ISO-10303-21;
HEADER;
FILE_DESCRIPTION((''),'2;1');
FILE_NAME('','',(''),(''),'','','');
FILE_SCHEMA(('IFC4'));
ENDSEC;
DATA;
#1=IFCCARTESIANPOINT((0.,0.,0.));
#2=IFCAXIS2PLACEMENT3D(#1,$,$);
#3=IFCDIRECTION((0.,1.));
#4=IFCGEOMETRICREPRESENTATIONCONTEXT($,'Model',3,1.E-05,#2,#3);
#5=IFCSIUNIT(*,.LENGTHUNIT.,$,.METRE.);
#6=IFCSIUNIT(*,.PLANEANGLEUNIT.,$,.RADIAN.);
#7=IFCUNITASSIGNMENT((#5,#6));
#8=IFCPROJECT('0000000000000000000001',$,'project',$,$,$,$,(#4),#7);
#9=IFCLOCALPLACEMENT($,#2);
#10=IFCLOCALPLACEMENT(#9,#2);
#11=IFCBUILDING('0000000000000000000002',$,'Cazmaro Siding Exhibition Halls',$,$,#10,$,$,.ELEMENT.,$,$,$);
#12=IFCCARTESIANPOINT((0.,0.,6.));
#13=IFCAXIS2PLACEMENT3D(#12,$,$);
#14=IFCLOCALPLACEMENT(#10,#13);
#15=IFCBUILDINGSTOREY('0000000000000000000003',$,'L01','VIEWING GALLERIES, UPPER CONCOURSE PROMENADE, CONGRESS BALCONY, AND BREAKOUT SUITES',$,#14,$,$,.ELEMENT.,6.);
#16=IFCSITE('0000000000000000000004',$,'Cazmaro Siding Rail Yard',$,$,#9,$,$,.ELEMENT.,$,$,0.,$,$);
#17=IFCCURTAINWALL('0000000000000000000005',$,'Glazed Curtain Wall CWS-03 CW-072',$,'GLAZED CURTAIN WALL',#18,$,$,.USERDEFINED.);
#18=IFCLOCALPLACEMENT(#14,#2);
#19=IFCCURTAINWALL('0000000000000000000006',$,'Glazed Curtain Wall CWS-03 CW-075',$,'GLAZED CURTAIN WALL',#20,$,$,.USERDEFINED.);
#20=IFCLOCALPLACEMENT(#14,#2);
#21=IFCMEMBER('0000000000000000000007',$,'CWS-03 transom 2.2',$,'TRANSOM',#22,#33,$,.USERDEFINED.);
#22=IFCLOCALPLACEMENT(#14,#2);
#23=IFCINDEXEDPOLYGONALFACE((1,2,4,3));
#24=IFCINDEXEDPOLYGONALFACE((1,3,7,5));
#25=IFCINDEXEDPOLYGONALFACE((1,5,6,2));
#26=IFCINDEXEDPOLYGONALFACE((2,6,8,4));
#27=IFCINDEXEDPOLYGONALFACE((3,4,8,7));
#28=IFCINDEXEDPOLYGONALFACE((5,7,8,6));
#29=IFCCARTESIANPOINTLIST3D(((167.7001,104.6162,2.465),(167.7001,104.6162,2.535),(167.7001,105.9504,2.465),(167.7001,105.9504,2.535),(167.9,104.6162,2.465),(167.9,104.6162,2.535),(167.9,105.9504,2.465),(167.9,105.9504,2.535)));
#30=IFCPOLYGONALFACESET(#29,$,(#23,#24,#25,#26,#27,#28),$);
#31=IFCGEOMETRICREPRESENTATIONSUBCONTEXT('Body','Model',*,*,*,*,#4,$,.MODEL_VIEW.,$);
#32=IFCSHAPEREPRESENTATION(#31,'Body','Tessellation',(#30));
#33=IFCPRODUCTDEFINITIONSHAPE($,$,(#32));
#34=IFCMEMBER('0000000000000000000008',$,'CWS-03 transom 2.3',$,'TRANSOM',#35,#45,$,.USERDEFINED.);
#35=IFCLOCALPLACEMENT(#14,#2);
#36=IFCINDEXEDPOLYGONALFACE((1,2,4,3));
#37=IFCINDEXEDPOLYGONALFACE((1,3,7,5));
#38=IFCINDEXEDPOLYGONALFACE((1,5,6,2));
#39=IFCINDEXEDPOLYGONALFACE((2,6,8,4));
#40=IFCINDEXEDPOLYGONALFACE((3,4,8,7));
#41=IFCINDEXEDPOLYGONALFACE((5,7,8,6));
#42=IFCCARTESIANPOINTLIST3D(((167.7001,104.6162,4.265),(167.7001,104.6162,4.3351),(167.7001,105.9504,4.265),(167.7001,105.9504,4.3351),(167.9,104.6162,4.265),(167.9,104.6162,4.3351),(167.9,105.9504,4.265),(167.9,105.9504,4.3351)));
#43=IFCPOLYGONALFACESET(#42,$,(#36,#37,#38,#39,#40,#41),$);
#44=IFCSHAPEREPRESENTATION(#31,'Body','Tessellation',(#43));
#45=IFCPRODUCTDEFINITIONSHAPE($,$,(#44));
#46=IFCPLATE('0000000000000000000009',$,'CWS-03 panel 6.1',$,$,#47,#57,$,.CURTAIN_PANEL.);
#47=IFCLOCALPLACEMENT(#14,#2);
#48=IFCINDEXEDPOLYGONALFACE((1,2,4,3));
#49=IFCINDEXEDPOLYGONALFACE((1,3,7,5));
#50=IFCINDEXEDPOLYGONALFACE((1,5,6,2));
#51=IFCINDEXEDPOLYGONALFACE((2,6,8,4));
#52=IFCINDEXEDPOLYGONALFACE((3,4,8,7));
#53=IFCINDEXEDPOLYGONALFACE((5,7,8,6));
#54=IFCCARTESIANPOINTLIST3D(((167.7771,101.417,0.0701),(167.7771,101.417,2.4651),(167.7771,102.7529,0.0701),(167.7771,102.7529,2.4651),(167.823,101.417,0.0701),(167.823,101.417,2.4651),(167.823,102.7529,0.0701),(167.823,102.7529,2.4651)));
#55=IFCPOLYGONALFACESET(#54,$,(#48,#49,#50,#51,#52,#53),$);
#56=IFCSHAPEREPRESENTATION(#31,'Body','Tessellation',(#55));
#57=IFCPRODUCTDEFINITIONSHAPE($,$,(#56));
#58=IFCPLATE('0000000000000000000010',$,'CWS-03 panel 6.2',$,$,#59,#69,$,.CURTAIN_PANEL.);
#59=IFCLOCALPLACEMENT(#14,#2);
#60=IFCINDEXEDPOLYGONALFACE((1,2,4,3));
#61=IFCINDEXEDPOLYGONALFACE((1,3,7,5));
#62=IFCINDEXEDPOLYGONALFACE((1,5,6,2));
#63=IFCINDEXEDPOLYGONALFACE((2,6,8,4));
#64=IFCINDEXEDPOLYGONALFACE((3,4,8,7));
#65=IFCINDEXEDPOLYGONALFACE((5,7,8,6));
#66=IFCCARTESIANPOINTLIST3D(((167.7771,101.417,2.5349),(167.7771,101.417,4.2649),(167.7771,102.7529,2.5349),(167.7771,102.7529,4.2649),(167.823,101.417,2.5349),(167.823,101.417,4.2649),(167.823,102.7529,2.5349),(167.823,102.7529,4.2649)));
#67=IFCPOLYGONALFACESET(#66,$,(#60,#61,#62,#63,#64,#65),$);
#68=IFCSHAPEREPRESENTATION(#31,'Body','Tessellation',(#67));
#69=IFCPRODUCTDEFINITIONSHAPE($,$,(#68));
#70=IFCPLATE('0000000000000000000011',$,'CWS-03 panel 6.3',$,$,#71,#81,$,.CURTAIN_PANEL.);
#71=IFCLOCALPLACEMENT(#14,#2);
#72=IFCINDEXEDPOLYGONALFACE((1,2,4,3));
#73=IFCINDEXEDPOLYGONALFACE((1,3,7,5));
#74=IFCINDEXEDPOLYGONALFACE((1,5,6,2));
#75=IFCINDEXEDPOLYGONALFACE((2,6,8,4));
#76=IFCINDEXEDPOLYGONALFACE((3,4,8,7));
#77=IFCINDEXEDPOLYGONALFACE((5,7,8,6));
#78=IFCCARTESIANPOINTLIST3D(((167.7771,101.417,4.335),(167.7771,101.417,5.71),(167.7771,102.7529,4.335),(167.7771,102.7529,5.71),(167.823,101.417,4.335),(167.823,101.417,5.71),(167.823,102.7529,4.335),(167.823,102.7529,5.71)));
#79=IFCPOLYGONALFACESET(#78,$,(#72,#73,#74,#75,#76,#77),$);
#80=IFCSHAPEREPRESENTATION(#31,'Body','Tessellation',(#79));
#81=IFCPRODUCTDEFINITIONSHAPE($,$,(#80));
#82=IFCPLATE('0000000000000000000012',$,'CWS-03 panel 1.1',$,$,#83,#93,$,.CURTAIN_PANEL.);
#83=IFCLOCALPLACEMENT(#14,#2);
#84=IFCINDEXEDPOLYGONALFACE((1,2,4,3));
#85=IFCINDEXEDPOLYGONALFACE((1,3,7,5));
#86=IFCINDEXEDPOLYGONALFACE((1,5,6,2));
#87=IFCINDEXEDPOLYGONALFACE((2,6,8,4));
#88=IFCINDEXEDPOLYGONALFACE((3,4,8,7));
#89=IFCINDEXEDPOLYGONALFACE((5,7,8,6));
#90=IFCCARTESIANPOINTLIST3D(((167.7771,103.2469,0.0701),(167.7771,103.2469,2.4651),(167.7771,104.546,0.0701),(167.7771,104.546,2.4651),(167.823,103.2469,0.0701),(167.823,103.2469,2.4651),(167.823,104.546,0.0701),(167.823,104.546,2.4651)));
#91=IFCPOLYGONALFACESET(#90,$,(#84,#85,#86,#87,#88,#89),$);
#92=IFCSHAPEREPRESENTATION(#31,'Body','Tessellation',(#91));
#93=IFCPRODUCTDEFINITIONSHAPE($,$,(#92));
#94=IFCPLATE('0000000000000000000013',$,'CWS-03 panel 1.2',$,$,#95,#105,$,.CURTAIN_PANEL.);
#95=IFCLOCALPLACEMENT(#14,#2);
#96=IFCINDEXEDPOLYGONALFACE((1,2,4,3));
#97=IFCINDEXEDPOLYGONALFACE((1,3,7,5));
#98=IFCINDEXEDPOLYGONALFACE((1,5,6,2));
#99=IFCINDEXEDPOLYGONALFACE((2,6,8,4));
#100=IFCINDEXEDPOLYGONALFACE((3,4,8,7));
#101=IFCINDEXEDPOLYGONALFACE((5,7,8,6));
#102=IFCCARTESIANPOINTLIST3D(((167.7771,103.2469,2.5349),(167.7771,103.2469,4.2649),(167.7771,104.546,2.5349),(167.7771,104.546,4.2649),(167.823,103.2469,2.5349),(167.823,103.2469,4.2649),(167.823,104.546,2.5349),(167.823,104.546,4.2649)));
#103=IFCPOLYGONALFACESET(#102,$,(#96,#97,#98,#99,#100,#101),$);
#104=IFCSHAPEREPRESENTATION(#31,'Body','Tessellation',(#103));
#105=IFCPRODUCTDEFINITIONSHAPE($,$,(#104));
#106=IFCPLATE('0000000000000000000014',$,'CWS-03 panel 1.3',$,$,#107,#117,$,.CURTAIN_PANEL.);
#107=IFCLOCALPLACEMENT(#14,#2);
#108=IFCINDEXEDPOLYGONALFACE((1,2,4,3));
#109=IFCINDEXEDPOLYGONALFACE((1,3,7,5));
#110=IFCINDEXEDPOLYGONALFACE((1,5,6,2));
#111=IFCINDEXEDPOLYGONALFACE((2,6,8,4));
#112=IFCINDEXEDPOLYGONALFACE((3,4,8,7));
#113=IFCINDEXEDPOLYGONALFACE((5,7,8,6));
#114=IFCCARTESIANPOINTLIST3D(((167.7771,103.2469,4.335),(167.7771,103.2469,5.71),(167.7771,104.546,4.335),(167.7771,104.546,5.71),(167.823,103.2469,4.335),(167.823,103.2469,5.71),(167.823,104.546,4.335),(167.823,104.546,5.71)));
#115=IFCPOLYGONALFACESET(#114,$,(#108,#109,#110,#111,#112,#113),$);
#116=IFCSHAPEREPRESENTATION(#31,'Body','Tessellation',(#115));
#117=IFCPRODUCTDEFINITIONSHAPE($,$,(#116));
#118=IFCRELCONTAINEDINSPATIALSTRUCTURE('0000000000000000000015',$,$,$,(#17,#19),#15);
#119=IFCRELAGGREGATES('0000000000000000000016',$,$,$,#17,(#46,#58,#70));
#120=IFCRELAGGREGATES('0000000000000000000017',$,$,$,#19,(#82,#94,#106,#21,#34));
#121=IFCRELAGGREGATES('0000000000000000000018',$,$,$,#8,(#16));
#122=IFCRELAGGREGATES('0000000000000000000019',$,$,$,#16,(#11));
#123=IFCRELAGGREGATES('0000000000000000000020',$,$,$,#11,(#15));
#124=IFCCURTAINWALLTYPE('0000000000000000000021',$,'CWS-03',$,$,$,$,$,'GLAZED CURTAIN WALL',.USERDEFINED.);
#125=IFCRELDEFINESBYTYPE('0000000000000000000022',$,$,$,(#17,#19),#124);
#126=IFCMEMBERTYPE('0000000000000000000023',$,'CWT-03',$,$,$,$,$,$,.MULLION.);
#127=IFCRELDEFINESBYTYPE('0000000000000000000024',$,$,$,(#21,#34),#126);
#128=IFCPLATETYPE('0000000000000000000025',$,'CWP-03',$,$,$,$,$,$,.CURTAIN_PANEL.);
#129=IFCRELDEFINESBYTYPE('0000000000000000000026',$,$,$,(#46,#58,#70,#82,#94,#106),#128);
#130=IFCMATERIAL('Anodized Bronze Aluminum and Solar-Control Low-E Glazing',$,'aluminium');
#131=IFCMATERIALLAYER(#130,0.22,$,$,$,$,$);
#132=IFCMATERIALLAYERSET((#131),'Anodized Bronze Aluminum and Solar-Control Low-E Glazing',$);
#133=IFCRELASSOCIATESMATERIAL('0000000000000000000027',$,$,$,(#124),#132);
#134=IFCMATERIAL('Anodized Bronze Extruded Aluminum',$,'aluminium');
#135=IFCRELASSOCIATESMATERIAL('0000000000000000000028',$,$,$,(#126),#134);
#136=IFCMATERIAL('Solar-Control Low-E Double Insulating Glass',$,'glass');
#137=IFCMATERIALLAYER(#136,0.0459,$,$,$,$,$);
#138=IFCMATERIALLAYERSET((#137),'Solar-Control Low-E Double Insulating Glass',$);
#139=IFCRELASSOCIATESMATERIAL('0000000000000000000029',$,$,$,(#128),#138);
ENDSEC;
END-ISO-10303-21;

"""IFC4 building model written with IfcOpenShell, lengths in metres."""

from ifc_helpers import new_model, si_unit, direction, frame, origin, origin_2d, place, context, subcontext, project, spatial, rectangle, extrude, material, layer, layer_set, material_profile, profile_set, type_object, element, aggregate, save


model = new_model("IFC4")

# Units and contexts
model_context = context("Model", 3, precision=1e-05, world=origin(), true_north=direction((0.0, 1.0)))
body_context = subcontext(model_context, "Body", "Model", "MODEL_VIEW")
ifc_project = project(units=[si_unit("LENGTHUNIT", "METRE"), si_unit("PLANEANGLEUNIT", "RADIAN")], contexts=[model_context])

# Site, building, storey
site_placement = place(None, origin())
site = spatial("IfcSite", under=ifc_project, at=site_placement, Name="Cazmaro Siding Rail Yard", CompositionType="ELEMENT", RefElevation=0.0)
building_placement = place(site_placement, origin())
building = spatial("IfcBuilding", under=site, at=building_placement, Name="Cazmaro Siding Exhibition Halls", CompositionType="ELEMENT")
storey_placement = place(building_placement, frame((0.0, 0.0, 6.0)))
storey = spatial("IfcBuildingStorey", under=building, at=storey_placement, Name="L01", Description="VIEWING GALLERIES, UPPER CONCOURSE PROMENADE, CONGRESS BALCONY, AND BREAKOUT SUITES", CompositionType="ELEMENT", Elevation=6.0)

# Curtain wall
ifc_material_1 = material(Name="Anodized Bronze Aluminum and Solar-Control Low-E Glazing", Category="aluminium")
ifc_layer_1 = layer(ifc_material_1, 0.22)
ifc_layer_set_1 = layer_set([ifc_layer_1], Name="Anodized Bronze Aluminum and Solar-Control Low-E Glazing")
curtain_wall_type = type_object("IfcCurtainWallType", Name="CWS-03", ElementType="GLAZED CURTAIN WALL", PredefinedType="USERDEFINED", material=ifc_layer_set_1)
curtain_wall_1_placement = place(storey_placement, origin())
curtain_wall_1 = element("IfcCurtainWall", 1, at=curtain_wall_1_placement, inside=storey, type_object=curtain_wall_type, Name="Glazed Curtain Wall CWS-03 CW-072", ObjectType="GLAZED CURTAIN WALL", PredefinedType="USERDEFINED")

# Curtain wall
curtain_wall_2_placement = place(storey_placement, origin())
curtain_wall_2 = element("IfcCurtainWall", 2, at=curtain_wall_2_placement, inside=storey, type_object=curtain_wall_type, Name="Glazed Curtain Wall CWS-03 CW-075", ObjectType="GLAZED CURTAIN WALL", PredefinedType="USERDEFINED")

# Members
ifc_material_2 = material(Name="Anodized Bronze Extruded Aluminum", Category="aluminium")
ifc_material_profile_1 = material_profile(ifc_material_2, rectangle(XDim=0.2, YDim=0.0701, at=origin_2d()), Name="CWT-03")
ifc_profile_set_1 = profile_set([ifc_material_profile_1], Name="Anodized Bronze Extruded Aluminum")
member_type_1 = type_object("IfcMemberType", Name="CWT-03", PredefinedType="MULLION", material=ifc_profile_set_1)
member_1_placement = place(storey_placement, frame((167.8, 104.6162, 2.5), z_axis=(0.0, 1.0, 0.0), x_axis=(-1.0, 0.0, 0.0)))
member_1 = element("IfcMember", 3, at=member_1_placement, type_object=member_type_1, Name="CWS-03 transom 2.2", ObjectType="TRANSOM", PredefinedType="USERDEFINED", context=body_context, shape_type="SweptSolid", body=[
    extrude(rectangle(XDim=0.2, YDim=0.0701, at=origin_2d()), origin(), (0.0, 0.0, 1.0), 1.3342),
])
member_2_placement = place(storey_placement, frame((167.8, 104.6162, 4.3), z_axis=(0.0, 1.0, 0.0), x_axis=(-1.0, 0.0, 0.0)))
member_2 = element("IfcMember", 4, at=member_2_placement, type_object=member_type_1, Name="CWS-03 transom 2.3", ObjectType="TRANSOM", PredefinedType="USERDEFINED", context=body_context, shape_type="SweptSolid", body=[
    extrude(rectangle(XDim=0.2, YDim=0.0701, at=origin_2d()), origin(), (0.0, 0.0, 1.0), 1.3342),
])

# Plates
ifc_material_3 = material(Name="Solar-Control Low-E Double Insulating Glass", Category="glass")
ifc_layer_2 = layer(ifc_material_3, 0.0459)
ifc_layer_set_2 = layer_set([ifc_layer_2], Name="Solar-Control Low-E Double Insulating Glass")
plate_type = type_object("IfcPlateType", Name="CWP-03", PredefinedType="CURTAIN_PANEL", material=ifc_layer_set_2)
plate_1_placement = place(storey_placement, frame((167.8, 102.085, 0.0701), z_axis=(0.0, 0.0, 1.0), x_axis=(0.0, 1.0, 0.0)))
plate_1 = element("IfcPlate", 5, at=plate_1_placement, type_object=plate_type, Name="CWS-03 panel 6.1", PredefinedType="CURTAIN_PANEL", context=body_context, shape_type="SweptSolid", body=[
    extrude(rectangle(XDim=1.3359, YDim=0.0459, at=origin_2d()), origin(), (0.0, 0.0, 1.0), 2.395),
])
plate_2_placement = place(storey_placement, frame((167.8, 102.085, 2.5349), z_axis=(0.0, 0.0, 1.0), x_axis=(0.0, 1.0, 0.0)))
plate_2 = element("IfcPlate", 6, at=plate_2_placement, type_object=plate_type, Name="CWS-03 panel 6.2", PredefinedType="CURTAIN_PANEL", context=body_context, shape_type="SweptSolid", body=[
    extrude(rectangle(XDim=1.3359, YDim=0.0459, at=origin_2d()), origin(), (0.0, 0.0, 1.0), 1.73),
])
plate_3_placement = place(storey_placement, frame((167.8, 102.085, 4.335), z_axis=(0.0, 0.0, 1.0), x_axis=(0.0, 1.0, 0.0)))
plate_3 = element("IfcPlate", 7, at=plate_3_placement, type_object=plate_type, Name="CWS-03 panel 6.3", PredefinedType="CURTAIN_PANEL", context=body_context, shape_type="SweptSolid", body=[
    extrude(rectangle(XDim=1.3359, YDim=0.0459, at=origin_2d()), origin(), (0.0, 0.0, 1.0), 1.375),
])
aggregate(curtain_wall_1, [plate_1, plate_2, plate_3])
plate_4_placement = place(storey_placement, frame((167.8, 103.8965, 0.0701), z_axis=(0.0, 0.0, 1.0), x_axis=(0.0, 1.0, 0.0)))
plate_4 = element("IfcPlate", 8, at=plate_4_placement, type_object=plate_type, Name="CWS-03 panel 1.1", PredefinedType="CURTAIN_PANEL", context=body_context, shape_type="SweptSolid", body=[
    extrude(rectangle(XDim=1.2991, YDim=0.0459, at=origin_2d()), origin(), (0.0, 0.0, 1.0), 2.395),
])
plate_5_placement = place(storey_placement, frame((167.8, 103.8965, 2.5349), z_axis=(0.0, 0.0, 1.0), x_axis=(0.0, 1.0, 0.0)))
plate_5 = element("IfcPlate", 9, at=plate_5_placement, type_object=plate_type, Name="CWS-03 panel 1.2", PredefinedType="CURTAIN_PANEL", context=body_context, shape_type="SweptSolid", body=[
    extrude(rectangle(XDim=1.2991, YDim=0.0459, at=origin_2d()), origin(), (0.0, 0.0, 1.0), 1.73),
])
plate_6_placement = place(storey_placement, frame((167.8, 103.8965, 4.335), z_axis=(0.0, 0.0, 1.0), x_axis=(0.0, 1.0, 0.0)))
plate_6 = element("IfcPlate", 10, at=plate_6_placement, type_object=plate_type, Name="CWS-03 panel 1.3", PredefinedType="CURTAIN_PANEL", context=body_context, shape_type="SweptSolid", body=[
    extrude(rectangle(XDim=1.2991, YDim=0.0459, at=origin_2d()), origin(), (0.0, 0.0, 1.0), 1.375),
])
aggregate(curtain_wall_2, [plate_4, plate_5, plate_6, member_1, member_2])

save(model, "model.ifc")
